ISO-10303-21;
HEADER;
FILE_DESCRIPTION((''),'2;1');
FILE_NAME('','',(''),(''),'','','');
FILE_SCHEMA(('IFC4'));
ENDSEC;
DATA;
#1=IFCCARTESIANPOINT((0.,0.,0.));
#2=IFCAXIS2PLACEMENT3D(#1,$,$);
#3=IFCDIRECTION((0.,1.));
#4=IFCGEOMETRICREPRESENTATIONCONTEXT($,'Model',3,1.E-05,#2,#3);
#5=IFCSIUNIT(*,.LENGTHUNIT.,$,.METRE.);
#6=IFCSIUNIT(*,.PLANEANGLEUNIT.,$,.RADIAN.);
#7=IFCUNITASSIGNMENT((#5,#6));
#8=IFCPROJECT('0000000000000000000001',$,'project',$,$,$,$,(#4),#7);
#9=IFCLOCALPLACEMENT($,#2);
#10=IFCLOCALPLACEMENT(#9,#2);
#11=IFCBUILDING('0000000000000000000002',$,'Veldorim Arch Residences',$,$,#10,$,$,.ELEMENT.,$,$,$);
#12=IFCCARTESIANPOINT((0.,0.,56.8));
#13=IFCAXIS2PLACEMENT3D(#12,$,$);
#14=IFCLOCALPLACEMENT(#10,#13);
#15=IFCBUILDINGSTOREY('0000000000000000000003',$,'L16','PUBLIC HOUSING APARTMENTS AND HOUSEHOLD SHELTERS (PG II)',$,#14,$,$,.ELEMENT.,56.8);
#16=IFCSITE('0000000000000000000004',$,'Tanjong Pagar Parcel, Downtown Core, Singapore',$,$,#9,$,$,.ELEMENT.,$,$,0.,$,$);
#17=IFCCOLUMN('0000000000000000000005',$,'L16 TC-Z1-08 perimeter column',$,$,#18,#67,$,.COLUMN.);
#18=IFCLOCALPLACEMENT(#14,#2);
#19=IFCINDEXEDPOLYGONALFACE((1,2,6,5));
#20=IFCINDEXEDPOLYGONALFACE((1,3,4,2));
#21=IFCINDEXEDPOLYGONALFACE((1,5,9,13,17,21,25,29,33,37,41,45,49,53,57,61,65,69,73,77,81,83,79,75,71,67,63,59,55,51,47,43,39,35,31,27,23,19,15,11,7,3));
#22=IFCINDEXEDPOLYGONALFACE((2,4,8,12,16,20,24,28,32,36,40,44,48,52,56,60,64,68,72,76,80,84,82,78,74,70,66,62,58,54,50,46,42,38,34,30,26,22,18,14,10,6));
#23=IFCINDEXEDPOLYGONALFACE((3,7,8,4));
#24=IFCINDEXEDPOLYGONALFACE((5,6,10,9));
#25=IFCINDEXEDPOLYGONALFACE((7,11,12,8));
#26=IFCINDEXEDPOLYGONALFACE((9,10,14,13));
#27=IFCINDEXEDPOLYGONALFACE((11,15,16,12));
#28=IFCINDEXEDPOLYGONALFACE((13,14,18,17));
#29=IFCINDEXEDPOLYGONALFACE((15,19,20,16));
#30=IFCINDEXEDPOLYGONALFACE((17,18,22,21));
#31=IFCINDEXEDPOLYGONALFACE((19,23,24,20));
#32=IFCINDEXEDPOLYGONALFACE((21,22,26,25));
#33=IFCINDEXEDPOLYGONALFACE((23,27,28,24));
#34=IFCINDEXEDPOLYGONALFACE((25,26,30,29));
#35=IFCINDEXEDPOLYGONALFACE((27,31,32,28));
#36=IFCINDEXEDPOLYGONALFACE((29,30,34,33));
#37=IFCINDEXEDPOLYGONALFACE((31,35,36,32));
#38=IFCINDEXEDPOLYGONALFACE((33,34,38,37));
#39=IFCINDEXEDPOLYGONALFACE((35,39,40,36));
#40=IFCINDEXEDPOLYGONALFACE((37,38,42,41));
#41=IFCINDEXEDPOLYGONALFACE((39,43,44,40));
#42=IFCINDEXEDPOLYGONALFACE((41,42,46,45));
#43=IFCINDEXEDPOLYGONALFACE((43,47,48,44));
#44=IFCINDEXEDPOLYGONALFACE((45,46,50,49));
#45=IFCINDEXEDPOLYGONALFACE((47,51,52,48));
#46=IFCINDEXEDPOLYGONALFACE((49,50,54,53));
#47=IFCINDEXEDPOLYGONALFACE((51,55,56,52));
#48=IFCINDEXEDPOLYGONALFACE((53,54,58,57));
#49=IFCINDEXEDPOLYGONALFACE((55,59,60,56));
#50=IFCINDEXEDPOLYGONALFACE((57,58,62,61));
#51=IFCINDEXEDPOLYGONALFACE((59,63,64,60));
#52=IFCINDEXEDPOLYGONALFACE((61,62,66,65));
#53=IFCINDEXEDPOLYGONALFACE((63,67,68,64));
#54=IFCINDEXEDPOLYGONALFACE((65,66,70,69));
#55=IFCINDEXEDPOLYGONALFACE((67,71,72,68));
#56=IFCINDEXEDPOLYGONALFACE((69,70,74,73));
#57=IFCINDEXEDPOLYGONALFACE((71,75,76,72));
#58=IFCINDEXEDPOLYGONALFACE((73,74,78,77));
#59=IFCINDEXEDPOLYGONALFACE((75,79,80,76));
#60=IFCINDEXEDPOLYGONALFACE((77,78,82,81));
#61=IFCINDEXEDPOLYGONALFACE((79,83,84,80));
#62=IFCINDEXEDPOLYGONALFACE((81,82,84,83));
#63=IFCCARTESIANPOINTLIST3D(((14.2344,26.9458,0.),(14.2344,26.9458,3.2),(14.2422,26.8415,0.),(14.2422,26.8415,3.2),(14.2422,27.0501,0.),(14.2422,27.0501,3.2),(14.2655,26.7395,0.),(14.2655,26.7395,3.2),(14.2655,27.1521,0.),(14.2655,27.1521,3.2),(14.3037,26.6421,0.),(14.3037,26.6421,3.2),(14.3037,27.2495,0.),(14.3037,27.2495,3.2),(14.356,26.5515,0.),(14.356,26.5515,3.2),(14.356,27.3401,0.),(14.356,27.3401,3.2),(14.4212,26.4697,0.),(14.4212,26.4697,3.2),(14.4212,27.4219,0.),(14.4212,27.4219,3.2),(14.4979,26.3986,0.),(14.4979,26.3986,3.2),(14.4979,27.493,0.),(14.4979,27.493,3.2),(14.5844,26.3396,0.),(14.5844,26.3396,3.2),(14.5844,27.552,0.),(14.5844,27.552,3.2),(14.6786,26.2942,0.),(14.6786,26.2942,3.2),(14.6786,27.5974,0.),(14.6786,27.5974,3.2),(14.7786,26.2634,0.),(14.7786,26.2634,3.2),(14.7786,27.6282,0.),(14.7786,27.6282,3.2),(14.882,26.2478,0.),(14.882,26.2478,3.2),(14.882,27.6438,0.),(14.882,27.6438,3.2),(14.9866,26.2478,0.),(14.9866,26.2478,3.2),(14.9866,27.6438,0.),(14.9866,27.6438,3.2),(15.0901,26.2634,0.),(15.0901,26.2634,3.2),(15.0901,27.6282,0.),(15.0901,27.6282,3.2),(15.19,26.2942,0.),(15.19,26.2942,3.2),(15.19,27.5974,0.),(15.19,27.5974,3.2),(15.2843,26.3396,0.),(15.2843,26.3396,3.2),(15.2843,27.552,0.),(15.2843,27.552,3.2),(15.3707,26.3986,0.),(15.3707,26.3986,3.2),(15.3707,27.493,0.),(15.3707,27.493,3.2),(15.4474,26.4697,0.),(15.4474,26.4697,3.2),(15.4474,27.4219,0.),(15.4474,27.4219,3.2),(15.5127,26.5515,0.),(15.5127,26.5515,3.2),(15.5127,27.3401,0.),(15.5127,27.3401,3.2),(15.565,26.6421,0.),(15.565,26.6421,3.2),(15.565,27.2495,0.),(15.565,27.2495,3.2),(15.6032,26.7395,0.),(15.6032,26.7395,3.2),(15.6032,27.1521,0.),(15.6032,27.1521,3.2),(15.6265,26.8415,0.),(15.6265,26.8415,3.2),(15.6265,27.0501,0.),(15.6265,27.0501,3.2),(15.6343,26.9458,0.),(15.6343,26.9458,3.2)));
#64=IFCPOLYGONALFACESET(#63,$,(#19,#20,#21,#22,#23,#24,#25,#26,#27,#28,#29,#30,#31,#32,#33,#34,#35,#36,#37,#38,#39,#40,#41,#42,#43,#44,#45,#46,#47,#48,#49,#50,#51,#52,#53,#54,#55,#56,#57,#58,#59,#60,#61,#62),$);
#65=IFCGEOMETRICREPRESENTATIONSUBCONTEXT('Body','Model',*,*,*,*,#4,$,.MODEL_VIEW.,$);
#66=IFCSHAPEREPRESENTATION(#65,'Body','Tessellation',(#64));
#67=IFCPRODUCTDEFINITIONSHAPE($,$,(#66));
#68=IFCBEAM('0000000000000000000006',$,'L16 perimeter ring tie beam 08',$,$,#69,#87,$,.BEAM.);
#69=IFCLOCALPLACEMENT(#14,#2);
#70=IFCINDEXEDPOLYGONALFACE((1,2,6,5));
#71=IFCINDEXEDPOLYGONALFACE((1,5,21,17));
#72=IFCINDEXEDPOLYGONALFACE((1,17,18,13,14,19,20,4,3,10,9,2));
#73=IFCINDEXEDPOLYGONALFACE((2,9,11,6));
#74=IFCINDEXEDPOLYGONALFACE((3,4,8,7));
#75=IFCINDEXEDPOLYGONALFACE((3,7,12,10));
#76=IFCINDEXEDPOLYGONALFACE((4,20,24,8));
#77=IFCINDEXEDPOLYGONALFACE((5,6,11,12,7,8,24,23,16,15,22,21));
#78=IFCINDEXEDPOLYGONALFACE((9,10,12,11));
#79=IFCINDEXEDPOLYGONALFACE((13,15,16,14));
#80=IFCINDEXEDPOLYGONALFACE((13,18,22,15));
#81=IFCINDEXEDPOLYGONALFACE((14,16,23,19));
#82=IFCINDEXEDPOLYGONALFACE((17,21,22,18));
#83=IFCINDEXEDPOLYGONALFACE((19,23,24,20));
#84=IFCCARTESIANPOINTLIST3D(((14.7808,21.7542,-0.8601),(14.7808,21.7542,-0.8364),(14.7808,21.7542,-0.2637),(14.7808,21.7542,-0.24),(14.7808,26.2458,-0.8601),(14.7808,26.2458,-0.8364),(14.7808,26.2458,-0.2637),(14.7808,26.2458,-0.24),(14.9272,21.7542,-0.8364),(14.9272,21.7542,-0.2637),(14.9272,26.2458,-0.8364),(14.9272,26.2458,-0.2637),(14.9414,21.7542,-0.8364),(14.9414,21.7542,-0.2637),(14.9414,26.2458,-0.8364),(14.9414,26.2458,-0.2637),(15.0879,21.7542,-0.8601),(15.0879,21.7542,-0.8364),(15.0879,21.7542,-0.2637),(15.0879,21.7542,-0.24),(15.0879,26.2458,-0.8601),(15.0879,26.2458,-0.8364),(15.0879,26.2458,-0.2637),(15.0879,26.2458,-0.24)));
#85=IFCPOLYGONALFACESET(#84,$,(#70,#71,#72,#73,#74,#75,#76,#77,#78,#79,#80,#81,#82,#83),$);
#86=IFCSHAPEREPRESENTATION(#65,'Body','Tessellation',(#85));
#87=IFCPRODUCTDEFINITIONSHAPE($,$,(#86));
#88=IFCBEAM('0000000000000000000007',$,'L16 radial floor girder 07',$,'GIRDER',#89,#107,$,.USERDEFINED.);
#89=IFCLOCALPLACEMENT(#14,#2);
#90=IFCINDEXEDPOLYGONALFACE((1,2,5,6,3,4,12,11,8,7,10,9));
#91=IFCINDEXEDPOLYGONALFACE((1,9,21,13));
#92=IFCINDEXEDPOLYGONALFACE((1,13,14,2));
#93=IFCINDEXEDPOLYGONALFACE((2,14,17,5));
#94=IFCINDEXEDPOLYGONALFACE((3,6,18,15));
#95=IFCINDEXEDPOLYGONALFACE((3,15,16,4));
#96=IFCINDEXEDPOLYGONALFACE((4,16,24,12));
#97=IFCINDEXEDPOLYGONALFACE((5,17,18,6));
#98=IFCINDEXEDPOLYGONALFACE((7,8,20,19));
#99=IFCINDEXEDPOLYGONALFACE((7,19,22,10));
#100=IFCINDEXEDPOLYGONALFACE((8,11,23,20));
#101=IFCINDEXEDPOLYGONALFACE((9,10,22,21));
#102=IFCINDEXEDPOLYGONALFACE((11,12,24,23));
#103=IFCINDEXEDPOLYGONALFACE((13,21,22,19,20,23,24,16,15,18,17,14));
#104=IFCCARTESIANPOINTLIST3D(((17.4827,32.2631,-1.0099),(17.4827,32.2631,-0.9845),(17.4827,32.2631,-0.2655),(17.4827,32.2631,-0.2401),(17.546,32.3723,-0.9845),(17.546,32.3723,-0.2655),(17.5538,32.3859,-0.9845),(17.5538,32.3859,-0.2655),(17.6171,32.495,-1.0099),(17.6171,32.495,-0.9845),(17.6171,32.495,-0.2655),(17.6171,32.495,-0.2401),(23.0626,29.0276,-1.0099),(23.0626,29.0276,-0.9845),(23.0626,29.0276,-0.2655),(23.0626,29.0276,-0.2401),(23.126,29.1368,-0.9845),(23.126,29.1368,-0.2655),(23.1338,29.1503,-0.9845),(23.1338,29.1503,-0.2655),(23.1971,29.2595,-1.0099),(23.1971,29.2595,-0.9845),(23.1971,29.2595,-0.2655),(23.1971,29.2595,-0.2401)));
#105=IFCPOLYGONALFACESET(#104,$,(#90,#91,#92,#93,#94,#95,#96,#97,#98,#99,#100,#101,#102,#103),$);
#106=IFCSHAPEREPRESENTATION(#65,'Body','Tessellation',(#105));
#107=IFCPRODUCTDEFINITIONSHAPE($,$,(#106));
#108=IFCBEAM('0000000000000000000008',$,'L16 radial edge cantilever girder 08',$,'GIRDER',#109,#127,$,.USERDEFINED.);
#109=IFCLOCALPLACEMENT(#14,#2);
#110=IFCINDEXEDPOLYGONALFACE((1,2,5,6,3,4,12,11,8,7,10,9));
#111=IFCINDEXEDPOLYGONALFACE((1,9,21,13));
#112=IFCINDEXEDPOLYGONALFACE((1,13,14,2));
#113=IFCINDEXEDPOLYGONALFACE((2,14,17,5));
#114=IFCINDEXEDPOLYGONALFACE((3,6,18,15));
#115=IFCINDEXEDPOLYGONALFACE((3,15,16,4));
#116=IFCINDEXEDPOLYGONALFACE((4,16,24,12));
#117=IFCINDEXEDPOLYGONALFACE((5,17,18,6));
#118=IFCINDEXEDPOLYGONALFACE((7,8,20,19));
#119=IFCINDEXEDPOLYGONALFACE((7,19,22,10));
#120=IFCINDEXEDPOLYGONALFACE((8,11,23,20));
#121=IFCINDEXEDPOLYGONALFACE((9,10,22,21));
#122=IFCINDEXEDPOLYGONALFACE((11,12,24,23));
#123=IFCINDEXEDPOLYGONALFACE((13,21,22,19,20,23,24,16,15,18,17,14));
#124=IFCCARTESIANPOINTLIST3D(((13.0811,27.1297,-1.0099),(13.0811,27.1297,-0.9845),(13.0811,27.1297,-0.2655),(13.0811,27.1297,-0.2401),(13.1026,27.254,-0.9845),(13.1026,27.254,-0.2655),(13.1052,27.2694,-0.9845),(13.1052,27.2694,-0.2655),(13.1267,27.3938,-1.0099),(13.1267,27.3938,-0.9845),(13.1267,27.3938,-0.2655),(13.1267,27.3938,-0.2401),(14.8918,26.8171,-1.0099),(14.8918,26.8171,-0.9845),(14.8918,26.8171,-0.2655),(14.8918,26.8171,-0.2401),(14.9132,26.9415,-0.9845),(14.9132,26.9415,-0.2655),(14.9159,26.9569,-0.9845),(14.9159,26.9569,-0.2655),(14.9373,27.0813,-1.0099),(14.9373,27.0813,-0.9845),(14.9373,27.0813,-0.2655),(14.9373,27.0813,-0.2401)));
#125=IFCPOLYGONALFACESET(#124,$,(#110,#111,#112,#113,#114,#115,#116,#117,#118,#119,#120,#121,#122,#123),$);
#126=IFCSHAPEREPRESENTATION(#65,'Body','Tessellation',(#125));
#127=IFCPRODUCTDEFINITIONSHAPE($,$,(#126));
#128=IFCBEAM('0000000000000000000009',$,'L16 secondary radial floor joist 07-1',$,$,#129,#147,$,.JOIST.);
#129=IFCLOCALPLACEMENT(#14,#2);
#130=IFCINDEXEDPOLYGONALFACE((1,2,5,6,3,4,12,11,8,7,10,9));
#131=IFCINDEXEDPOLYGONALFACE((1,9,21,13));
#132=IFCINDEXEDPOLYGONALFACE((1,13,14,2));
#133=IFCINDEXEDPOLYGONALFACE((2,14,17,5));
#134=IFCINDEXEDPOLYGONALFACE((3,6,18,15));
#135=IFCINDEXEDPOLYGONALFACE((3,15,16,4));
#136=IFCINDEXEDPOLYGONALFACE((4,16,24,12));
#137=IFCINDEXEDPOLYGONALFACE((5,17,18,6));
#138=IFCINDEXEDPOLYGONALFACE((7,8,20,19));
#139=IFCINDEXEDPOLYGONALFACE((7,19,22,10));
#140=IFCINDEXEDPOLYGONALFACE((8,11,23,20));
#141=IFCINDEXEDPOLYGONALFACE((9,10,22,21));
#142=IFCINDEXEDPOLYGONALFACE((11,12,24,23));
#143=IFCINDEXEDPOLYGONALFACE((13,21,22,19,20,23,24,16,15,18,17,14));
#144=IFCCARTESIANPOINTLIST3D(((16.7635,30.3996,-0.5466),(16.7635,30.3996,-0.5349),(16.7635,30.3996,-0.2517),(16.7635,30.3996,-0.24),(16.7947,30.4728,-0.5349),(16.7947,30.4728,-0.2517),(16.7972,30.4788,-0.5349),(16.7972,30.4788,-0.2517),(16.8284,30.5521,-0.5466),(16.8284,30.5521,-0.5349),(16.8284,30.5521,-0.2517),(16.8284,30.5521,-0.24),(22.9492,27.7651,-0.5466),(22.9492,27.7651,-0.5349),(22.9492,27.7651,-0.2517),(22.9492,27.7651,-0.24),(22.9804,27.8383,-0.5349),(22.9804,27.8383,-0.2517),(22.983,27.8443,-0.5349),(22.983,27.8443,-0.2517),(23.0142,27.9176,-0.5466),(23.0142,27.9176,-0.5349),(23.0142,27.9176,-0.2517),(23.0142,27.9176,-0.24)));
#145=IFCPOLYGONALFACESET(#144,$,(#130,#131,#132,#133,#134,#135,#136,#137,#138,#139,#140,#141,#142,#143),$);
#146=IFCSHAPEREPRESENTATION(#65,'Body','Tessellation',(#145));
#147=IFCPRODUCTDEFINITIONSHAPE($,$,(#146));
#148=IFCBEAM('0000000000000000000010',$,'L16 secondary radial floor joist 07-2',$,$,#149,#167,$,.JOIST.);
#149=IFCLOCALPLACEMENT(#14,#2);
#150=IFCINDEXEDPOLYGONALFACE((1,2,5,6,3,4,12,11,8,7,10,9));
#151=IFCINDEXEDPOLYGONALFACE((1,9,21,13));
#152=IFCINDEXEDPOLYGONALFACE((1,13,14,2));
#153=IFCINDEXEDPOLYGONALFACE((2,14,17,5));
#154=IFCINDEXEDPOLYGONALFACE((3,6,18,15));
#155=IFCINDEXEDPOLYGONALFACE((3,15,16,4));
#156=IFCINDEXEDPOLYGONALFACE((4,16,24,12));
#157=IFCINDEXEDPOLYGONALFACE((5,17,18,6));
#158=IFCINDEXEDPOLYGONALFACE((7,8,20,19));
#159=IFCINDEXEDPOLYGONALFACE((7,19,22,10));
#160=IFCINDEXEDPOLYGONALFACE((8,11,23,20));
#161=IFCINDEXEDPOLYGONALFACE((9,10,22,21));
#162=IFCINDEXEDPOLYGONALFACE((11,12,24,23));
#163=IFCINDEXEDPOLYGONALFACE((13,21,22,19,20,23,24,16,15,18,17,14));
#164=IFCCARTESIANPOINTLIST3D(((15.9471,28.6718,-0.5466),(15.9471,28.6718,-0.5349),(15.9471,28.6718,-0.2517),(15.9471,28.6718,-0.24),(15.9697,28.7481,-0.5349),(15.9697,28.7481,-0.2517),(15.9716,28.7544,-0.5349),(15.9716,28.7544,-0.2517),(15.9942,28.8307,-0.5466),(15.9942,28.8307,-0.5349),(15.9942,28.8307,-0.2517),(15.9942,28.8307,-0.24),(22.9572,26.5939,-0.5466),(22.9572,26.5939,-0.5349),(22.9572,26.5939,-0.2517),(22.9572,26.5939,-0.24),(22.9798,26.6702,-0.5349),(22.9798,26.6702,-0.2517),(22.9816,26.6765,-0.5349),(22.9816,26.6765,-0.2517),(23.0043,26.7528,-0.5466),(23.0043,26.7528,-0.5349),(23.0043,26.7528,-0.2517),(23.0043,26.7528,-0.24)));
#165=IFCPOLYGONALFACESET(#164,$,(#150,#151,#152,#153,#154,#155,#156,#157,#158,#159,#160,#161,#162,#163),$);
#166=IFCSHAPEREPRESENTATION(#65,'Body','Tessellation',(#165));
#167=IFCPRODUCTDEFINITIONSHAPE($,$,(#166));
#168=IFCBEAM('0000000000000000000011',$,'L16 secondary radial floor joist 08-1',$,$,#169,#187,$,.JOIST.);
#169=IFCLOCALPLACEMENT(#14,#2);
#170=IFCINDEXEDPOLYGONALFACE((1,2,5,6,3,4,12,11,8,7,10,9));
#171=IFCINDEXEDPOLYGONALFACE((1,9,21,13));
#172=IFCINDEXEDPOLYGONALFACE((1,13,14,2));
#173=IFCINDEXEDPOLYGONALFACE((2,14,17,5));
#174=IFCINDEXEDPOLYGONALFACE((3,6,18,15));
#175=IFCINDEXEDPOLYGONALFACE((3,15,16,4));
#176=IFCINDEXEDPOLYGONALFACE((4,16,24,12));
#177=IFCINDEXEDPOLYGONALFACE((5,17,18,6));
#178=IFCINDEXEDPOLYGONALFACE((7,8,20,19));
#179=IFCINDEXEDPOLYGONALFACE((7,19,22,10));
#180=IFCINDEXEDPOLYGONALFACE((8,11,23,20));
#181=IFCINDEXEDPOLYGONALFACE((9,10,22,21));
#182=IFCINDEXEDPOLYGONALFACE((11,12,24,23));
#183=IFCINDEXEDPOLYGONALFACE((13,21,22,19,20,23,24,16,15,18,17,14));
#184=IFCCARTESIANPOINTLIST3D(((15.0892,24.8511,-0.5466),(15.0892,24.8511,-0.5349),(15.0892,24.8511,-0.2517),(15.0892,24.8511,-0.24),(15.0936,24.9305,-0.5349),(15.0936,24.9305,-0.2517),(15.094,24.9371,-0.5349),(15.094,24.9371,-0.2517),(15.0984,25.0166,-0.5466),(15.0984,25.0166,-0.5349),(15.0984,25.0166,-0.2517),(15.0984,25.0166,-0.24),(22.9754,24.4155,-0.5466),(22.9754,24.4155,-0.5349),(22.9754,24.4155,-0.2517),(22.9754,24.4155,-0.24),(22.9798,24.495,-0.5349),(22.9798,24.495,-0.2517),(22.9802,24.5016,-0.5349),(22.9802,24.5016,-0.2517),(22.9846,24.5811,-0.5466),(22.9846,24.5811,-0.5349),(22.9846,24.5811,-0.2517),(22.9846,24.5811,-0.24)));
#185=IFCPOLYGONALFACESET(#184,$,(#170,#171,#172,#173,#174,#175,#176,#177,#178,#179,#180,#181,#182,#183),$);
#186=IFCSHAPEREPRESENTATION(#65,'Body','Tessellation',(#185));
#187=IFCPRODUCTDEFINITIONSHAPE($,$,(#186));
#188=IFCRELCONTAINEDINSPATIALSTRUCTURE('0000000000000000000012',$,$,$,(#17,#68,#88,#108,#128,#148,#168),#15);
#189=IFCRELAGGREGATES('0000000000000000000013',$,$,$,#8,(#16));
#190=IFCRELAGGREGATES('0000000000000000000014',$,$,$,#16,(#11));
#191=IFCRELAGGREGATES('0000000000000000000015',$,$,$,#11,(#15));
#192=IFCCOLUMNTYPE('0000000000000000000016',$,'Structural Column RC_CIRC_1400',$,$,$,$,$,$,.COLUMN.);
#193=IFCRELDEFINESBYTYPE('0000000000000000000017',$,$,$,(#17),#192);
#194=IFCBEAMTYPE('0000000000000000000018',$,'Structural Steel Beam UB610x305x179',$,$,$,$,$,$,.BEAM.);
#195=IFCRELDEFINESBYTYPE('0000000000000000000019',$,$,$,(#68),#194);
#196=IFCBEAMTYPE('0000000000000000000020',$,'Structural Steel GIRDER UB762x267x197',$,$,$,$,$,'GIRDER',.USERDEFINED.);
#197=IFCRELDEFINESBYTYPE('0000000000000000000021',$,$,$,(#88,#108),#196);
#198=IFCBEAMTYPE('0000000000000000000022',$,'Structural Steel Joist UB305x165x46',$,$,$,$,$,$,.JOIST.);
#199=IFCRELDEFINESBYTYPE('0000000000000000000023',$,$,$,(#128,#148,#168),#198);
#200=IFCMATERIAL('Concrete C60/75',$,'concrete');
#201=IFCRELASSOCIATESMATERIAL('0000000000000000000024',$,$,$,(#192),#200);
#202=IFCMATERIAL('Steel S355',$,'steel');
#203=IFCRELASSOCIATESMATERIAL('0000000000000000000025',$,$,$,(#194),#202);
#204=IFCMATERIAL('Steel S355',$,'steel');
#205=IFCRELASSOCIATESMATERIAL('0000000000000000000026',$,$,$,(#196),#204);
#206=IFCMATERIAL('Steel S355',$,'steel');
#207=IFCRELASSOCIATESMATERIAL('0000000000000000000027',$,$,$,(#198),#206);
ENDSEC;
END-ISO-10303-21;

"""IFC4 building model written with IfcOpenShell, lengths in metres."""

from ifc_helpers import new_model, si_unit, direction, frame, origin, origin_2d, place, context, subcontext, project, spatial, circle, i_section, extrude, material, material_profile, profile_set, type_object, element, save


model = new_model("IFC4")

# Units and contexts
model_context = context("Model", 3, precision=1e-05, world=origin(), true_north=direction((0.0, 1.0)))
body_context = subcontext(model_context, "Body", "Model", "MODEL_VIEW")
ifc_project = project(units=[si_unit("LENGTHUNIT", "METRE"), si_unit("PLANEANGLEUNIT", "RADIAN")], contexts=[model_context])

# Site, building, storey
site_placement = place(None, origin())
site = spatial("IfcSite", under=ifc_project, at=site_placement, Name="Tanjong Pagar Parcel, Downtown Core, Singapore", CompositionType="ELEMENT", RefElevation=0.0)
building_placement = place(site_placement, origin())
building = spatial("IfcBuilding", under=site, at=building_placement, Name="Veldorim Arch Residences", CompositionType="ELEMENT")
storey_placement = place(building_placement, frame((0.0, 0.0, 56.8)))
storey = spatial("IfcBuildingStorey", under=building, at=storey_placement, Name="L16", Description="PUBLIC HOUSING APARTMENTS AND HOUSEHOLD SHELTERS (PG II)", CompositionType="ELEMENT", Elevation=56.8)

# Column
ifc_material_1 = material(Name="Concrete C60/75", Category="concrete")
ifc_material_profile_1 = material_profile(ifc_material_1, circle(Radius=0.7, at=origin_2d()), Name="RC_CIRC_1400")
ifc_profile_set_1 = profile_set([ifc_material_profile_1], Name="Concrete C60/75")
column_type = type_object("IfcColumnType", Name="Structural Column RC_CIRC_1400", PredefinedType="COLUMN", material=ifc_profile_set_1)
column_placement = place(storey_placement, frame((14.9343, 26.9458, 0.0), z_axis=(0.0, 0.0, 1.0), x_axis=(1.0, 0.0, 0.0)))
element("IfcColumn", 1, at=column_placement, inside=storey, type_object=column_type, Name="L16 TC-Z1-08 perimeter column", PredefinedType="COLUMN", context=body_context, shape_type="SweptSolid", body=[
    extrude(circle(Radius=0.7, at=origin_2d()), origin(), (0.0, 0.0, 1.0), 3.2),
])

# Beams
ifc_material_2 = material(Name="Steel S355", Category="steel")
ifc_material_profile_2 = material_profile(ifc_material_2, i_section(OverallWidth=0.3071, OverallDepth=0.6201, WebThickness=0.0142, FlangeThickness=0.0237, at=origin_2d()), Name="UB610x305x179")
ifc_profile_set_2 = profile_set([ifc_material_profile_2], Name="Steel S355")
beam_type_1 = type_object("IfcBeamType", Name="Structural Steel Beam UB610x305x179", PredefinedType="BEAM", material=ifc_profile_set_2)
beam_1_placement = place(storey_placement, frame((14.9343, 26.2458, -0.55), z_axis=(0.0, -1.0, 0.0), x_axis=(1.0, 0.0, 0.0)))
element("IfcBeam", 2, at=beam_1_placement, inside=storey, type_object=beam_type_1, Name="L16 perimeter ring tie beam 08", PredefinedType="BEAM", context=body_context, shape_type="SweptSolid", body=[
    extrude(i_section(OverallWidth=0.3071, OverallDepth=0.6201, WebThickness=0.0142, FlangeThickness=0.0237, at=origin_2d()), origin(), (0.0, 0.0, 1.0), 4.4917),
])
ifc_material_3 = material(Name="Steel S355", Category="steel")
ifc_material_profile_3 = material_profile(ifc_material_3, i_section(OverallWidth=0.2681, OverallDepth=0.7698, WebThickness=0.0156, FlangeThickness=0.0254, at=origin_2d()), Name="UB762x267x197")
ifc_profile_set_3 = profile_set([ifc_material_profile_3], Name="Steel S355")
beam_type_2 = type_object("IfcBeamType", Name="Structural Steel GIRDER UB762x267x197", ElementType="GIRDER", PredefinedType="USERDEFINED", material=ifc_profile_set_3)
beam_2_placement = place(storey_placement, frame((23.1299, 29.1436, -0.625), z_axis=(-0.865088, 0.50162, 0.0), x_axis=(-0.50162, -0.865088, 0.0)))
element("IfcBeam", 3, at=beam_2_placement, inside=storey, type_object=beam_type_2, Name="L16 radial floor girder 07", ObjectType="GIRDER", PredefinedType="USERDEFINED", context=body_context, shape_type="SweptSolid", body=[
    extrude(i_section(OverallWidth=0.2681, OverallDepth=0.7698, WebThickness=0.0156, FlangeThickness=0.0254, at=origin_2d()), origin(), (0.0, 0.0, 1.0), 6.4502),
])
beam_3_placement = place(storey_placement, frame((14.9146, 26.9492, -0.625), z_axis=(-0.985429, 0.170085, 0.0), x_axis=(-0.170085, -0.985429, 0.0)))
element("IfcBeam", 4, at=beam_3_placement, inside=storey, type_object=beam_type_2, Name="L16 radial edge cantilever girder 08", ObjectType="GIRDER", PredefinedType="USERDEFINED", context=body_context, shape_type="SweptSolid", body=[
    extrude(i_section(OverallWidth=0.2681, OverallDepth=0.7698, WebThickness=0.0156, FlangeThickness=0.0254, at=origin_2d()), origin(), (0.0, 0.0, 1.0), 1.8374),
])
ifc_material_4 = material(Name="Steel S355", Category="steel")
ifc_material_profile_4 = material_profile(ifc_material_4, i_section(OverallWidth=0.1658, OverallDepth=0.3066, WebThickness=0.0066, FlangeThickness=0.0117, at=origin_2d()), Name="UB305x165x46")
ifc_profile_set_4 = profile_set([ifc_material_profile_4], Name="Steel S355")
beam_type_3 = type_object("IfcBeamType", Name="Structural Steel Joist UB305x165x46", PredefinedType="JOIST", material=ifc_profile_set_4)
beam_4_placement = place(storey_placement, frame((22.9817, 27.8413, -0.3933), z_axis=(-0.920033, 0.391841, 0.0), x_axis=(-0.391841, -0.920033, 0.0)))
element("IfcBeam", 5, at=beam_4_placement, inside=storey, type_object=beam_type_3, Name="L16 secondary radial floor joist 07-1", PredefinedType="JOIST", context=body_context, shape_type="SweptSolid", body=[
    extrude(i_section(OverallWidth=0.1658, OverallDepth=0.3066, WebThickness=0.0066, FlangeThickness=0.0117, at=origin_2d()), origin(), (0.0, 0.0, 1.0), 6.7234),
])
beam_5_placement = place(storey_placement, frame((22.9807, 26.6733, -0.3933), z_axis=(-0.958767, 0.284194, 0.0), x_axis=(-0.284194, -0.958767, 0.0)))
element("IfcBeam", 6, at=beam_5_placement, inside=storey, type_object=beam_type_3, Name="L16 secondary radial floor joist 07-2", PredefinedType="JOIST", context=body_context, shape_type="SweptSolid", body=[
    extrude(i_section(OverallWidth=0.1658, OverallDepth=0.3066, WebThickness=0.0066, FlangeThickness=0.0117, at=origin_2d()), origin(), (0.0, 0.0, 1.0), 7.3115),
])
for number, where, z_axis, x_axis, name in (
    (7, (22.98, 24.4983, -0.3933), (-0.998478, 0.055145, 0.0), (-0.055145, -0.998478, 0.0), "L16 secondary radial floor joist 08-1"),
):
    element("IfcBeam", number, at=place(storey_placement, frame(where, z_axis=z_axis, x_axis=x_axis)), inside=storey, type_object=beam_type_3, Name=name, PredefinedType="JOIST", context=body_context, shape_type="SweptSolid", body=[
        extrude(i_section(OverallWidth=0.1658, OverallDepth=0.3066, WebThickness=0.0066, FlangeThickness=0.0117, at=origin_2d()), origin(), (0.0, 0.0, 1.0), 7.8982),
    ])

save(model, "model.ifc")
